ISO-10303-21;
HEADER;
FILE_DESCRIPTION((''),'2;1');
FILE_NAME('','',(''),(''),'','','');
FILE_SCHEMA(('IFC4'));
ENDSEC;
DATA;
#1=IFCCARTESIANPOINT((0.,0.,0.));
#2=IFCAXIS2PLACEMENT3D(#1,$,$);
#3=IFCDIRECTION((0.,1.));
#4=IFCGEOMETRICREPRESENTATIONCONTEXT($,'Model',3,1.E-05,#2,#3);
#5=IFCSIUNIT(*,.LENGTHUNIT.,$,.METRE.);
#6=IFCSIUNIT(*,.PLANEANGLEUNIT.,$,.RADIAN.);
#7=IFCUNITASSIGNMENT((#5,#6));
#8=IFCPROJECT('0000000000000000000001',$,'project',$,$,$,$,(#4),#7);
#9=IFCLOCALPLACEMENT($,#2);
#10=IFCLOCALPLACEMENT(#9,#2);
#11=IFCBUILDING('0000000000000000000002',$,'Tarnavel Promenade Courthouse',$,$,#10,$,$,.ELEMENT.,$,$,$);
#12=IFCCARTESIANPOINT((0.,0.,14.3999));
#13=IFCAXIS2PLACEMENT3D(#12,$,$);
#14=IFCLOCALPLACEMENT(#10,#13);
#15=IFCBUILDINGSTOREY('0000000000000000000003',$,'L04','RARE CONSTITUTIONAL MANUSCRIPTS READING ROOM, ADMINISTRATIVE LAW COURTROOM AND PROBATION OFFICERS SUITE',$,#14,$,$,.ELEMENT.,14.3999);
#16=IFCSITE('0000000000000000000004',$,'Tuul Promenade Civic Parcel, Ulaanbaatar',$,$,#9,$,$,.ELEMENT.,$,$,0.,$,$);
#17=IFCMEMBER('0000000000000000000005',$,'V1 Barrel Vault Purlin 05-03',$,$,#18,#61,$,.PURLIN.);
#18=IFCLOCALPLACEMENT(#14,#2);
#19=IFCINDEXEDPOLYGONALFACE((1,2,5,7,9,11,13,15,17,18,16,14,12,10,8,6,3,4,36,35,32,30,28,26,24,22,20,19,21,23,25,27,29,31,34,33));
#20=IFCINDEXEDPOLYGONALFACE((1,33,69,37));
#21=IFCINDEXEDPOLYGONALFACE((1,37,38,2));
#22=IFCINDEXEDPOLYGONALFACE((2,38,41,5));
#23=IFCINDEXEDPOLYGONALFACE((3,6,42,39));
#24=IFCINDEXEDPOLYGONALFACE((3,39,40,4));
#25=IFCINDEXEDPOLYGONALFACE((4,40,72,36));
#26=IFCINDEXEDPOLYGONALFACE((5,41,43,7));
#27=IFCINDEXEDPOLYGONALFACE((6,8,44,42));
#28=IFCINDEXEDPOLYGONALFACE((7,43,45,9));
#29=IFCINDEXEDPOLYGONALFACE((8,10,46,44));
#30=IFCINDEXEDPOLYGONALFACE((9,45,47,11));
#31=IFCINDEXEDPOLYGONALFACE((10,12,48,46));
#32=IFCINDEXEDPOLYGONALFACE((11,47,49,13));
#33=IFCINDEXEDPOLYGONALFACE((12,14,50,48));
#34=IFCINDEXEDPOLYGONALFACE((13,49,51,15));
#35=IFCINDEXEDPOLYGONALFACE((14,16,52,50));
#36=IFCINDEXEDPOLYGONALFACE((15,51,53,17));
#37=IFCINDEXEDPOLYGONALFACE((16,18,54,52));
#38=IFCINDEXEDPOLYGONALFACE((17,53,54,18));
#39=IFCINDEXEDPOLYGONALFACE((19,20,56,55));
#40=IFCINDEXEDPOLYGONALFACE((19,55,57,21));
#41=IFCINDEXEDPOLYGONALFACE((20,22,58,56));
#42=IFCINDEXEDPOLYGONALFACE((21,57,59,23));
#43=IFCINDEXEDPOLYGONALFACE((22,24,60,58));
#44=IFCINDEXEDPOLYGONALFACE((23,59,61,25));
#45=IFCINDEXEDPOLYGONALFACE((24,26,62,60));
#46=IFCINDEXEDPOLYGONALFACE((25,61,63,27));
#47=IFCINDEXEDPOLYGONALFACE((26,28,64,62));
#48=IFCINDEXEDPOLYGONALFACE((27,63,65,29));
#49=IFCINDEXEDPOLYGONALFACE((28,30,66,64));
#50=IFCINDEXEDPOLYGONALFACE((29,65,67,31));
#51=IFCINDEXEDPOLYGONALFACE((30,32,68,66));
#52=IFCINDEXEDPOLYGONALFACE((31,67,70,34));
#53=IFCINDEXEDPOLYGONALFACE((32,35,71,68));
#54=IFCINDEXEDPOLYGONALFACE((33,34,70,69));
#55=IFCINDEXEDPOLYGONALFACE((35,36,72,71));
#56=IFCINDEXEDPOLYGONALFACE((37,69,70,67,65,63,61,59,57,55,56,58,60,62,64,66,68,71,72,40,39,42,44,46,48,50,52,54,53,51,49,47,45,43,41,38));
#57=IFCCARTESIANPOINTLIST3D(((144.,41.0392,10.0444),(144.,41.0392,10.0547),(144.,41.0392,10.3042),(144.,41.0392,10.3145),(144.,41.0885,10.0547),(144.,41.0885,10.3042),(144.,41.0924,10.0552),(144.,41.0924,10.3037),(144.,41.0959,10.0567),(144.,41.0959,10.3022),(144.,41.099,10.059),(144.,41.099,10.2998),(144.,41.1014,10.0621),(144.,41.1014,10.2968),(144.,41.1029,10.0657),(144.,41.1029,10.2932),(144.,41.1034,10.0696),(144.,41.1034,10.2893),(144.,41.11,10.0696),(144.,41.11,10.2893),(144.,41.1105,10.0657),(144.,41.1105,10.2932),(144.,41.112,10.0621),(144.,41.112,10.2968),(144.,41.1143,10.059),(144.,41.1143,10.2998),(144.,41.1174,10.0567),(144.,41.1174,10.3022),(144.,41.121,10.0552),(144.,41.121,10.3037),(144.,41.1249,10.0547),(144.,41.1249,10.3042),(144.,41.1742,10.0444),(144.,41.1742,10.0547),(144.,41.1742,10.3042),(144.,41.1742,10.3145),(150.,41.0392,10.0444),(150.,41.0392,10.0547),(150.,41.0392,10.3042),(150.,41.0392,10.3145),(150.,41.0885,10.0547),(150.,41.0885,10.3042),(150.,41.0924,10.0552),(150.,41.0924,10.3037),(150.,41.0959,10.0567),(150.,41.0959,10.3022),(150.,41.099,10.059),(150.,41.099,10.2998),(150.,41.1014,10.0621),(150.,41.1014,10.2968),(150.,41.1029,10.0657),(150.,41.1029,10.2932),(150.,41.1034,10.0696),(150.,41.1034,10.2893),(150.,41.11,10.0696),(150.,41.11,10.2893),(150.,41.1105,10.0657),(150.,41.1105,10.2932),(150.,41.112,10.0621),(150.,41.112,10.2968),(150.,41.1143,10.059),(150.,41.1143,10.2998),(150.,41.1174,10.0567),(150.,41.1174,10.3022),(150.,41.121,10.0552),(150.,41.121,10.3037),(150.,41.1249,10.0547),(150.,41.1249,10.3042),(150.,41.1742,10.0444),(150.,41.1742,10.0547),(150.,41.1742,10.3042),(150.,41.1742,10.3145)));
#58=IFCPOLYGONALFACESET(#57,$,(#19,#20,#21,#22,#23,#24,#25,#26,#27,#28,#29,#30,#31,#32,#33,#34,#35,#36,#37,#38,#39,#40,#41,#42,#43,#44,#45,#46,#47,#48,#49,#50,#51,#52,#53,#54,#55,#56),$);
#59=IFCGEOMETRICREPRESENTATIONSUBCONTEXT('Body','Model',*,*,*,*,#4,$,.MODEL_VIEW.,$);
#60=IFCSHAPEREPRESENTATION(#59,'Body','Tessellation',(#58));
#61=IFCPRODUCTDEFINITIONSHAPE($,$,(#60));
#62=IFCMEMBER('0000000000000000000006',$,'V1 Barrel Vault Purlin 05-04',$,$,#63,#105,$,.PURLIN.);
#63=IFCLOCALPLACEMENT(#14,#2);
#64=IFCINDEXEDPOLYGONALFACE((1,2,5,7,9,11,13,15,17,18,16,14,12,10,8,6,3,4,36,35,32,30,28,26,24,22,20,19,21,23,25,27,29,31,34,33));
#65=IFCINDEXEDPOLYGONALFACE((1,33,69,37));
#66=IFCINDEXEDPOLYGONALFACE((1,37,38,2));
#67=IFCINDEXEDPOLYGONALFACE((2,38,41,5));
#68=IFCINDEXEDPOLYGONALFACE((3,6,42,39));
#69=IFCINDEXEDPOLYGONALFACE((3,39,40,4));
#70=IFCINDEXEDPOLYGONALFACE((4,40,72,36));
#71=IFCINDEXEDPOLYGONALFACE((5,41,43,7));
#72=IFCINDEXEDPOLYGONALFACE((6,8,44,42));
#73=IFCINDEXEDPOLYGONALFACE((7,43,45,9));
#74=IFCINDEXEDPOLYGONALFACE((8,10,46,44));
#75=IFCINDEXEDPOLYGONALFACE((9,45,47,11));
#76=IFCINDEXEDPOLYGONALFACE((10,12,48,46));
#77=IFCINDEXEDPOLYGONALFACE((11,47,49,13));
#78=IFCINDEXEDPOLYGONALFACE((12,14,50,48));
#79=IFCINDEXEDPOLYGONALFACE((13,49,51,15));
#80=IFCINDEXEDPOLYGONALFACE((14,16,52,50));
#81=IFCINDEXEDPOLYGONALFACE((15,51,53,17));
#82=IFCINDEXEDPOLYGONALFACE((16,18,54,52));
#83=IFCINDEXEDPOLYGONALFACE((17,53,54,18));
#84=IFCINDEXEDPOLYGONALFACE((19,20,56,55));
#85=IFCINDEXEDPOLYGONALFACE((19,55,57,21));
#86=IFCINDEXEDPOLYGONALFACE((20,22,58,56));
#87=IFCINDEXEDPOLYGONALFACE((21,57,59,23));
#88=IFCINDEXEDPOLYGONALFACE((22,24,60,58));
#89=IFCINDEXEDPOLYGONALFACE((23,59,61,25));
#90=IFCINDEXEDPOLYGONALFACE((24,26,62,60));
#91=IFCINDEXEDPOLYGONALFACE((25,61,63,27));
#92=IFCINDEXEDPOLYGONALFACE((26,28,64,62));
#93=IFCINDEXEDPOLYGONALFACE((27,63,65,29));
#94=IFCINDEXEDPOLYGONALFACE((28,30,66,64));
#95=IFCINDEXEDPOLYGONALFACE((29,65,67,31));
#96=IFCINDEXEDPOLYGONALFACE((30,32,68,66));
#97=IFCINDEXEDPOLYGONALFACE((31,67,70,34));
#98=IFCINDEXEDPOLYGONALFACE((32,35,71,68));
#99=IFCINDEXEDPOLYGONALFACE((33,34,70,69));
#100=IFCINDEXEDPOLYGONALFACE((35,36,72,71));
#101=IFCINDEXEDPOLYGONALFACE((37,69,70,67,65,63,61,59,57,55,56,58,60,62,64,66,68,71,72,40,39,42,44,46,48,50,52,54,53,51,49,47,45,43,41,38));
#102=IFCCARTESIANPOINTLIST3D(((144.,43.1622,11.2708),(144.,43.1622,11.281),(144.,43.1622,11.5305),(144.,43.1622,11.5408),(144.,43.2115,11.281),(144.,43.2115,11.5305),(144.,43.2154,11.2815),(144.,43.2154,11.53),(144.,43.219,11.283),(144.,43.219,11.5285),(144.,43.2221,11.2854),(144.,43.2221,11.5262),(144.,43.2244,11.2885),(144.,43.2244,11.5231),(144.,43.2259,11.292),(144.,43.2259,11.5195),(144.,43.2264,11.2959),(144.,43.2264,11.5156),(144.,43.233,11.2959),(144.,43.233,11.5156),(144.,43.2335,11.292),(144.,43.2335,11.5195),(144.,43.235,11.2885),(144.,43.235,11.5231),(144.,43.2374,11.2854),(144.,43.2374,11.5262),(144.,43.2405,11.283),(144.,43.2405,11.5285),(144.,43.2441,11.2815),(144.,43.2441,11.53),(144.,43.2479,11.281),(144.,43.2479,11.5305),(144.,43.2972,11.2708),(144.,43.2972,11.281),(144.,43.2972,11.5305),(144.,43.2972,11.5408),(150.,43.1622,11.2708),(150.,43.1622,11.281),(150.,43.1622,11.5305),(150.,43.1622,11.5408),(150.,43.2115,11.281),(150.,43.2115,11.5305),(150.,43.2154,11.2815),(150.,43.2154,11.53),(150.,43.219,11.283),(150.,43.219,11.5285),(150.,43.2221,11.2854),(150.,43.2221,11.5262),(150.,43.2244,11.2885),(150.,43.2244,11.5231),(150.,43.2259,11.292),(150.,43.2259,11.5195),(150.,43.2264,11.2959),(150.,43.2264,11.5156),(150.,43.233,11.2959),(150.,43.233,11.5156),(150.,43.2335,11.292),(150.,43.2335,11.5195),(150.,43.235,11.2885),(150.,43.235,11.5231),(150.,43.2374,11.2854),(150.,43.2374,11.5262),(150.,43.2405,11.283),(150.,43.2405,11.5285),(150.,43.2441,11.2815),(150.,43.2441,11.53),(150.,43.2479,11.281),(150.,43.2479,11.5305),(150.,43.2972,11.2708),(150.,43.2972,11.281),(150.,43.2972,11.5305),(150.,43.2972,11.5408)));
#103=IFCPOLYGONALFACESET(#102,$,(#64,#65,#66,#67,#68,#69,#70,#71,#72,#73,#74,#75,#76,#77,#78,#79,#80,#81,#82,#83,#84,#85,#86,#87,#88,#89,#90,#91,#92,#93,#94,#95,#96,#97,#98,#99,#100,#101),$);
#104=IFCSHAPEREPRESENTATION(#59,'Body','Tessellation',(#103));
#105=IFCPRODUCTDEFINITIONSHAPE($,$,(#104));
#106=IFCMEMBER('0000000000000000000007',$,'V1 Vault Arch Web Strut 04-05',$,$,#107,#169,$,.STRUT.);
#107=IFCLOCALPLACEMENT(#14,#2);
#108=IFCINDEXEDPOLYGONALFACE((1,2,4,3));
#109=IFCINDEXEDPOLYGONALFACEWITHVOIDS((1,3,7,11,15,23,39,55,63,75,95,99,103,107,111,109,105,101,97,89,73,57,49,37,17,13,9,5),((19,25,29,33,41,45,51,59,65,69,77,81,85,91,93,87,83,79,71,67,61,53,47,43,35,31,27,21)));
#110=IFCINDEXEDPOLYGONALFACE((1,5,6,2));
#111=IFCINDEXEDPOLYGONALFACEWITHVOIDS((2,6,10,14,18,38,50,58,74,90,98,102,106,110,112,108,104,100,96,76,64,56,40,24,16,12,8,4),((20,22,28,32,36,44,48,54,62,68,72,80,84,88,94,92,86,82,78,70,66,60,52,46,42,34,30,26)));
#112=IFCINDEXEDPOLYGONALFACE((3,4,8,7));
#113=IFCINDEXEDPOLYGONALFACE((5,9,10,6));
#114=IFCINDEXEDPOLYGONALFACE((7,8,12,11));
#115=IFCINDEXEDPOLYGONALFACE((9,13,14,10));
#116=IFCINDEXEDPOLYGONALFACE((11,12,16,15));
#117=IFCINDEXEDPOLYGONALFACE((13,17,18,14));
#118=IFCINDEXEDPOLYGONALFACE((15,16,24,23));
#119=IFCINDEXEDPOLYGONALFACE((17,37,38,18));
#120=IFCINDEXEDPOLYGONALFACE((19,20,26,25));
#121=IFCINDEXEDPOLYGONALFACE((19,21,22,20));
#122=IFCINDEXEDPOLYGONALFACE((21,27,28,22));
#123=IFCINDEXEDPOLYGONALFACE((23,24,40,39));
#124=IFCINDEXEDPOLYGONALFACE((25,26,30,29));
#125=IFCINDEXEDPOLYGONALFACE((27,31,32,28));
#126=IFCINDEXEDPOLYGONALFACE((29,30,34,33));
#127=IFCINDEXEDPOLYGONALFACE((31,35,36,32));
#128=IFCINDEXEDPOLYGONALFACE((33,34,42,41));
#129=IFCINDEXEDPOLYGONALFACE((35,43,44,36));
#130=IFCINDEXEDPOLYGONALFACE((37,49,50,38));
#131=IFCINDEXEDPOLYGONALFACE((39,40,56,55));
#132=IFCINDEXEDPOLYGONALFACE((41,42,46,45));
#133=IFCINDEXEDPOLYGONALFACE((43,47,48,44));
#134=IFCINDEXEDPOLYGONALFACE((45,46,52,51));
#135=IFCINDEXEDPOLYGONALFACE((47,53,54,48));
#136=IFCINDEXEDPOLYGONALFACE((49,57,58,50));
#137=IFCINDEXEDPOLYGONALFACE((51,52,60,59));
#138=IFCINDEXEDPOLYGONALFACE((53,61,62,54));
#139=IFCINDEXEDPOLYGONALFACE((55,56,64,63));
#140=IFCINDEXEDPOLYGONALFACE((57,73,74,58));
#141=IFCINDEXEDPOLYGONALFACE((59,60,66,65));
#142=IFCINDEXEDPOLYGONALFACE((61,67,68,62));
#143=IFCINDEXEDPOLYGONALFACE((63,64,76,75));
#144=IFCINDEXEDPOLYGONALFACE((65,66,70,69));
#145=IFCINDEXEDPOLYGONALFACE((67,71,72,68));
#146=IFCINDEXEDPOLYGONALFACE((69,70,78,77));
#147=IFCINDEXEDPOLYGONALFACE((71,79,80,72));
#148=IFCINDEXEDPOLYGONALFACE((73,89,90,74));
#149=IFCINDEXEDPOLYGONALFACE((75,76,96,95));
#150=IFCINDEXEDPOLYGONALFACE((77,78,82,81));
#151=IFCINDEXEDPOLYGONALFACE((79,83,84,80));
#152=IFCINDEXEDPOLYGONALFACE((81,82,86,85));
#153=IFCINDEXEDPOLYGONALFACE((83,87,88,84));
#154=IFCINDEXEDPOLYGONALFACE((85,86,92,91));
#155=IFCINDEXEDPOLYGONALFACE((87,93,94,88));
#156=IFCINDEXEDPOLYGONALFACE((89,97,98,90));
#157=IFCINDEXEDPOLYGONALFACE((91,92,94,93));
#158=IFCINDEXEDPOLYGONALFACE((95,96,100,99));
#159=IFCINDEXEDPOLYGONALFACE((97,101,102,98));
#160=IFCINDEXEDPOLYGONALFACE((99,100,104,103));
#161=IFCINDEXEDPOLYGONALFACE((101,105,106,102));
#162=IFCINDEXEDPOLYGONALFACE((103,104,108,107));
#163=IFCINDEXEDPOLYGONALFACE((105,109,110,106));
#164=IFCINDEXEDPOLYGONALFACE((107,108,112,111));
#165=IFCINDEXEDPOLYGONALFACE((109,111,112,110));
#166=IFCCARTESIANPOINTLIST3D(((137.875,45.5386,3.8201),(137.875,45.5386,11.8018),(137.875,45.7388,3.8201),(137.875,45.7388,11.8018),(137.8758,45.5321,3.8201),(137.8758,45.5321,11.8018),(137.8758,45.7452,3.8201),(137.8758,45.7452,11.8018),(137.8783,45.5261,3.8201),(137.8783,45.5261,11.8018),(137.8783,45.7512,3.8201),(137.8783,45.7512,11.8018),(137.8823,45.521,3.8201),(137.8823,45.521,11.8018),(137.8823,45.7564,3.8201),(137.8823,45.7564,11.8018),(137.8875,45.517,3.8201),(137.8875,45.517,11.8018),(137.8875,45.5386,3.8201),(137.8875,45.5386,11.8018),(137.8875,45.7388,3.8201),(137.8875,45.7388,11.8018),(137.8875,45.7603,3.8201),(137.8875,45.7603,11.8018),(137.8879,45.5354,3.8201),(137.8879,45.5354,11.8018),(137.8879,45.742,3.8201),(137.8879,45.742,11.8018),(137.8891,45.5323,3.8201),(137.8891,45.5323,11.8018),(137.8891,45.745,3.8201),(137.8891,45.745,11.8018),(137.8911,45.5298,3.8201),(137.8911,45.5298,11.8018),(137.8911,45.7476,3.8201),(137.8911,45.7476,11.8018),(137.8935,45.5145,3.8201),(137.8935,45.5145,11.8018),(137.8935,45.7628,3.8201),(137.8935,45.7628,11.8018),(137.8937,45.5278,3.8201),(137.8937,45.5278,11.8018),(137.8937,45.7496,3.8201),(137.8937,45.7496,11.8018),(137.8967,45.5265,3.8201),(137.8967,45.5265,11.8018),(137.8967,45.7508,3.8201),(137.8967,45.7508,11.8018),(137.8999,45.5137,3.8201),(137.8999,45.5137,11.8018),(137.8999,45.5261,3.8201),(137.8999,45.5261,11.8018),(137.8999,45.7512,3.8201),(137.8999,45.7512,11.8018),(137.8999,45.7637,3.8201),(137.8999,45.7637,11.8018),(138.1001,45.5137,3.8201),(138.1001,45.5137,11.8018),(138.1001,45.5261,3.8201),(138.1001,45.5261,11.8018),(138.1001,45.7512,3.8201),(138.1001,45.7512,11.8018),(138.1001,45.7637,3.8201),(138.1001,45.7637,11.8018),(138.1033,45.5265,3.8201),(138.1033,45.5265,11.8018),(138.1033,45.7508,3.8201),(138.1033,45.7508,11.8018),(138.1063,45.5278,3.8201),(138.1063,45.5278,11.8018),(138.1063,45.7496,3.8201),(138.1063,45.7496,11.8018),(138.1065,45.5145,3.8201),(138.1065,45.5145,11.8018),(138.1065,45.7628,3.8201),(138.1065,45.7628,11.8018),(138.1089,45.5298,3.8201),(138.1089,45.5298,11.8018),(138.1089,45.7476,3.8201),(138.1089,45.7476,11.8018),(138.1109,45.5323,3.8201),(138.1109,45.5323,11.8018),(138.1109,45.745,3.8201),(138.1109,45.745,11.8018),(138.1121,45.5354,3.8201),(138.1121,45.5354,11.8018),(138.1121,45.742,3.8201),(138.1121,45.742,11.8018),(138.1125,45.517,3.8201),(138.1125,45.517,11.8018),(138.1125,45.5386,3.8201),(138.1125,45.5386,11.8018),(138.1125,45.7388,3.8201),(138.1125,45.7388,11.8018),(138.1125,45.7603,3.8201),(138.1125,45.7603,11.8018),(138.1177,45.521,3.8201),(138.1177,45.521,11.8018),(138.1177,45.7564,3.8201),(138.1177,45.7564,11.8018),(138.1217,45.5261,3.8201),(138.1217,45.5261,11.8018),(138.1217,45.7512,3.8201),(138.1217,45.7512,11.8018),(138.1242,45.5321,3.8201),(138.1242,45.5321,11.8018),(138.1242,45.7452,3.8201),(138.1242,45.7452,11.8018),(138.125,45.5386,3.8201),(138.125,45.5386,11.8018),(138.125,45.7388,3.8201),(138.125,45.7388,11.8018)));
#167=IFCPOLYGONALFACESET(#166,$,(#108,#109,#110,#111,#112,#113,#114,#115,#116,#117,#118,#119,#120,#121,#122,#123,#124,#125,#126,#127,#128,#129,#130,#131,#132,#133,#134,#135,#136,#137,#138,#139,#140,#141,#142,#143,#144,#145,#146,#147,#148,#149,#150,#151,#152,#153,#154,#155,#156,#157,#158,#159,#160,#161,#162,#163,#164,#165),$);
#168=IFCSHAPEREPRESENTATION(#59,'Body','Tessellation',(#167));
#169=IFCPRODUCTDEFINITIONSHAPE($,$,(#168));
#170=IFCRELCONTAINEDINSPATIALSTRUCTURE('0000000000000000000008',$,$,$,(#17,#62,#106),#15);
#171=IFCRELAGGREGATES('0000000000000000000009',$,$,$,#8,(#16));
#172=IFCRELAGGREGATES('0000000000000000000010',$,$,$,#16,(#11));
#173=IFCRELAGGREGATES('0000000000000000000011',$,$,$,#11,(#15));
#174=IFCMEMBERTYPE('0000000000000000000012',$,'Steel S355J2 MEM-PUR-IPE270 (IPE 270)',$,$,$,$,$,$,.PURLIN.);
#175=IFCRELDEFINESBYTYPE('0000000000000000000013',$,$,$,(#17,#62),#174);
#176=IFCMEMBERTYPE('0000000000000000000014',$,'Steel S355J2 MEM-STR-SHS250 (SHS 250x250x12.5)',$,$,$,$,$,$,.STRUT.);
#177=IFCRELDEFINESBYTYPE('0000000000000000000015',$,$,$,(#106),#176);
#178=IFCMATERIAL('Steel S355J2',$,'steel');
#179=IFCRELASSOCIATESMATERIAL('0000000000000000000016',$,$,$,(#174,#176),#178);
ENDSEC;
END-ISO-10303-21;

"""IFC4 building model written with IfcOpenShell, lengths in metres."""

from ifc_helpers import new_model, si_unit, direction, frame, origin, origin_2d, place, context, subcontext, project, spatial, hollow_rectangle, i_section, extrude, material, material_profile, profile_set, type_object, element, save


model = new_model("IFC4")

# Units and contexts
model_context = context("Model", 3, precision=1e-05, world=origin(), true_north=direction((0.0, 1.0)))
body_context = subcontext(model_context, "Body", "Model", "MODEL_VIEW")
ifc_project = project(units=[si_unit("LENGTHUNIT", "METRE"), si_unit("PLANEANGLEUNIT", "RADIAN")], contexts=[model_context])

# Site, building, storey
site_placement = place(None, origin())
site = spatial("IfcSite", under=ifc_project, at=site_placement, Name="Tuul Promenade Civic Parcel, Ulaanbaatar", CompositionType="ELEMENT", RefElevation=0.0)
building_placement = place(site_placement, origin())
building = spatial("IfcBuilding", under=site, at=building_placement, Name="Tarnavel Promenade Courthouse", CompositionType="ELEMENT")
storey_placement = place(building_placement, frame((0.0, 0.0, 14.3999)))
storey = spatial("IfcBuildingStorey", under=building, at=storey_placement, Name="L04", Description="RARE CONSTITUTIONAL MANUSCRIPTS READING ROOM, ADMINISTRATIVE LAW COURTROOM AND PROBATION OFFICERS SUITE", CompositionType="ELEMENT", Elevation=14.3999)

# Shared definitions
ifc_material_1 = material(Name="Steel S355J2", Category="steel")

# Members
ifc_material_profile_1 = material_profile(ifc_material_1, i_section(OverallWidth=0.135, OverallDepth=0.27, WebThickness=0.0066, FlangeThickness=0.0103, FilletRadius=0.0149, at=origin_2d()), Name="IPE 270")
ifc_profile_set_1 = profile_set([ifc_material_profile_1], Name="Steel S355J2")
member_type_1 = type_object("IfcMemberType", Name="Steel S355J2 MEM-PUR-IPE270 (IPE 270)", PredefinedType="PURLIN", material=ifc_profile_set_1)
for number, where, z_axis, x_axis, name in (
    (1, (144.0, 41.1067, 10.1794), (1.0, 0.0, 0.0), (0.0, 1.0, 0.0), "V1 Barrel Vault Purlin 05-03"),
    (2, (144.0, 43.2297, 11.4058), (1.0, 0.0, 0.0), (0.0, 1.0, 0.0), "V1 Barrel Vault Purlin 05-04"),
):
    element("IfcMember", number, at=place(storey_placement, frame(where, z_axis=z_axis, x_axis=x_axis)), inside=storey, type_object=member_type_1, Name=name, PredefinedType="PURLIN", context=body_context, shape_type="SweptSolid", body=[
        extrude(i_section(OverallWidth=0.135, OverallDepth=0.27, WebThickness=0.0066, FlangeThickness=0.0103, FilletRadius=0.0149, at=origin_2d()), origin(), (0.0, 0.0, 1.0), 6.0),
    ])
ifc_material_profile_2 = material_profile(ifc_material_1, hollow_rectangle(XDim=0.25, YDim=0.25, WallThickness=0.0125, InnerFilletRadius=0.0125, OuterFilletRadius=0.0249, at=origin_2d()), Name="SHS 250x250x12.5")
ifc_profile_set_2 = profile_set([ifc_material_profile_2], Name="Steel S355J2")
member_type_2 = type_object("IfcMemberType", Name="Steel S355J2 MEM-STR-SHS250 (SHS 250x250x12.5)", PredefinedType="STRUT", material=ifc_profile_set_2)
member_1_placement = place(storey_placement, frame((138.0, 45.6387, 3.8201), z_axis=(0.0, 0.0, 1.0), x_axis=(1.0, 0.0, 0.0)))
element("IfcMember", 3, at=member_1_placement, inside=storey, type_object=member_type_2, Name="V1 Vault Arch Web Strut 04-05", PredefinedType="STRUT", context=body_context, shape_type="SweptSolid", body=[
    extrude(hollow_rectangle(XDim=0.25, YDim=0.25, WallThickness=0.0125, InnerFilletRadius=0.0125, OuterFilletRadius=0.0249, at=origin_2d()), origin(), (0.0, 0.0, 1.0), 7.9817),
])

save(model, "model.ifc")
